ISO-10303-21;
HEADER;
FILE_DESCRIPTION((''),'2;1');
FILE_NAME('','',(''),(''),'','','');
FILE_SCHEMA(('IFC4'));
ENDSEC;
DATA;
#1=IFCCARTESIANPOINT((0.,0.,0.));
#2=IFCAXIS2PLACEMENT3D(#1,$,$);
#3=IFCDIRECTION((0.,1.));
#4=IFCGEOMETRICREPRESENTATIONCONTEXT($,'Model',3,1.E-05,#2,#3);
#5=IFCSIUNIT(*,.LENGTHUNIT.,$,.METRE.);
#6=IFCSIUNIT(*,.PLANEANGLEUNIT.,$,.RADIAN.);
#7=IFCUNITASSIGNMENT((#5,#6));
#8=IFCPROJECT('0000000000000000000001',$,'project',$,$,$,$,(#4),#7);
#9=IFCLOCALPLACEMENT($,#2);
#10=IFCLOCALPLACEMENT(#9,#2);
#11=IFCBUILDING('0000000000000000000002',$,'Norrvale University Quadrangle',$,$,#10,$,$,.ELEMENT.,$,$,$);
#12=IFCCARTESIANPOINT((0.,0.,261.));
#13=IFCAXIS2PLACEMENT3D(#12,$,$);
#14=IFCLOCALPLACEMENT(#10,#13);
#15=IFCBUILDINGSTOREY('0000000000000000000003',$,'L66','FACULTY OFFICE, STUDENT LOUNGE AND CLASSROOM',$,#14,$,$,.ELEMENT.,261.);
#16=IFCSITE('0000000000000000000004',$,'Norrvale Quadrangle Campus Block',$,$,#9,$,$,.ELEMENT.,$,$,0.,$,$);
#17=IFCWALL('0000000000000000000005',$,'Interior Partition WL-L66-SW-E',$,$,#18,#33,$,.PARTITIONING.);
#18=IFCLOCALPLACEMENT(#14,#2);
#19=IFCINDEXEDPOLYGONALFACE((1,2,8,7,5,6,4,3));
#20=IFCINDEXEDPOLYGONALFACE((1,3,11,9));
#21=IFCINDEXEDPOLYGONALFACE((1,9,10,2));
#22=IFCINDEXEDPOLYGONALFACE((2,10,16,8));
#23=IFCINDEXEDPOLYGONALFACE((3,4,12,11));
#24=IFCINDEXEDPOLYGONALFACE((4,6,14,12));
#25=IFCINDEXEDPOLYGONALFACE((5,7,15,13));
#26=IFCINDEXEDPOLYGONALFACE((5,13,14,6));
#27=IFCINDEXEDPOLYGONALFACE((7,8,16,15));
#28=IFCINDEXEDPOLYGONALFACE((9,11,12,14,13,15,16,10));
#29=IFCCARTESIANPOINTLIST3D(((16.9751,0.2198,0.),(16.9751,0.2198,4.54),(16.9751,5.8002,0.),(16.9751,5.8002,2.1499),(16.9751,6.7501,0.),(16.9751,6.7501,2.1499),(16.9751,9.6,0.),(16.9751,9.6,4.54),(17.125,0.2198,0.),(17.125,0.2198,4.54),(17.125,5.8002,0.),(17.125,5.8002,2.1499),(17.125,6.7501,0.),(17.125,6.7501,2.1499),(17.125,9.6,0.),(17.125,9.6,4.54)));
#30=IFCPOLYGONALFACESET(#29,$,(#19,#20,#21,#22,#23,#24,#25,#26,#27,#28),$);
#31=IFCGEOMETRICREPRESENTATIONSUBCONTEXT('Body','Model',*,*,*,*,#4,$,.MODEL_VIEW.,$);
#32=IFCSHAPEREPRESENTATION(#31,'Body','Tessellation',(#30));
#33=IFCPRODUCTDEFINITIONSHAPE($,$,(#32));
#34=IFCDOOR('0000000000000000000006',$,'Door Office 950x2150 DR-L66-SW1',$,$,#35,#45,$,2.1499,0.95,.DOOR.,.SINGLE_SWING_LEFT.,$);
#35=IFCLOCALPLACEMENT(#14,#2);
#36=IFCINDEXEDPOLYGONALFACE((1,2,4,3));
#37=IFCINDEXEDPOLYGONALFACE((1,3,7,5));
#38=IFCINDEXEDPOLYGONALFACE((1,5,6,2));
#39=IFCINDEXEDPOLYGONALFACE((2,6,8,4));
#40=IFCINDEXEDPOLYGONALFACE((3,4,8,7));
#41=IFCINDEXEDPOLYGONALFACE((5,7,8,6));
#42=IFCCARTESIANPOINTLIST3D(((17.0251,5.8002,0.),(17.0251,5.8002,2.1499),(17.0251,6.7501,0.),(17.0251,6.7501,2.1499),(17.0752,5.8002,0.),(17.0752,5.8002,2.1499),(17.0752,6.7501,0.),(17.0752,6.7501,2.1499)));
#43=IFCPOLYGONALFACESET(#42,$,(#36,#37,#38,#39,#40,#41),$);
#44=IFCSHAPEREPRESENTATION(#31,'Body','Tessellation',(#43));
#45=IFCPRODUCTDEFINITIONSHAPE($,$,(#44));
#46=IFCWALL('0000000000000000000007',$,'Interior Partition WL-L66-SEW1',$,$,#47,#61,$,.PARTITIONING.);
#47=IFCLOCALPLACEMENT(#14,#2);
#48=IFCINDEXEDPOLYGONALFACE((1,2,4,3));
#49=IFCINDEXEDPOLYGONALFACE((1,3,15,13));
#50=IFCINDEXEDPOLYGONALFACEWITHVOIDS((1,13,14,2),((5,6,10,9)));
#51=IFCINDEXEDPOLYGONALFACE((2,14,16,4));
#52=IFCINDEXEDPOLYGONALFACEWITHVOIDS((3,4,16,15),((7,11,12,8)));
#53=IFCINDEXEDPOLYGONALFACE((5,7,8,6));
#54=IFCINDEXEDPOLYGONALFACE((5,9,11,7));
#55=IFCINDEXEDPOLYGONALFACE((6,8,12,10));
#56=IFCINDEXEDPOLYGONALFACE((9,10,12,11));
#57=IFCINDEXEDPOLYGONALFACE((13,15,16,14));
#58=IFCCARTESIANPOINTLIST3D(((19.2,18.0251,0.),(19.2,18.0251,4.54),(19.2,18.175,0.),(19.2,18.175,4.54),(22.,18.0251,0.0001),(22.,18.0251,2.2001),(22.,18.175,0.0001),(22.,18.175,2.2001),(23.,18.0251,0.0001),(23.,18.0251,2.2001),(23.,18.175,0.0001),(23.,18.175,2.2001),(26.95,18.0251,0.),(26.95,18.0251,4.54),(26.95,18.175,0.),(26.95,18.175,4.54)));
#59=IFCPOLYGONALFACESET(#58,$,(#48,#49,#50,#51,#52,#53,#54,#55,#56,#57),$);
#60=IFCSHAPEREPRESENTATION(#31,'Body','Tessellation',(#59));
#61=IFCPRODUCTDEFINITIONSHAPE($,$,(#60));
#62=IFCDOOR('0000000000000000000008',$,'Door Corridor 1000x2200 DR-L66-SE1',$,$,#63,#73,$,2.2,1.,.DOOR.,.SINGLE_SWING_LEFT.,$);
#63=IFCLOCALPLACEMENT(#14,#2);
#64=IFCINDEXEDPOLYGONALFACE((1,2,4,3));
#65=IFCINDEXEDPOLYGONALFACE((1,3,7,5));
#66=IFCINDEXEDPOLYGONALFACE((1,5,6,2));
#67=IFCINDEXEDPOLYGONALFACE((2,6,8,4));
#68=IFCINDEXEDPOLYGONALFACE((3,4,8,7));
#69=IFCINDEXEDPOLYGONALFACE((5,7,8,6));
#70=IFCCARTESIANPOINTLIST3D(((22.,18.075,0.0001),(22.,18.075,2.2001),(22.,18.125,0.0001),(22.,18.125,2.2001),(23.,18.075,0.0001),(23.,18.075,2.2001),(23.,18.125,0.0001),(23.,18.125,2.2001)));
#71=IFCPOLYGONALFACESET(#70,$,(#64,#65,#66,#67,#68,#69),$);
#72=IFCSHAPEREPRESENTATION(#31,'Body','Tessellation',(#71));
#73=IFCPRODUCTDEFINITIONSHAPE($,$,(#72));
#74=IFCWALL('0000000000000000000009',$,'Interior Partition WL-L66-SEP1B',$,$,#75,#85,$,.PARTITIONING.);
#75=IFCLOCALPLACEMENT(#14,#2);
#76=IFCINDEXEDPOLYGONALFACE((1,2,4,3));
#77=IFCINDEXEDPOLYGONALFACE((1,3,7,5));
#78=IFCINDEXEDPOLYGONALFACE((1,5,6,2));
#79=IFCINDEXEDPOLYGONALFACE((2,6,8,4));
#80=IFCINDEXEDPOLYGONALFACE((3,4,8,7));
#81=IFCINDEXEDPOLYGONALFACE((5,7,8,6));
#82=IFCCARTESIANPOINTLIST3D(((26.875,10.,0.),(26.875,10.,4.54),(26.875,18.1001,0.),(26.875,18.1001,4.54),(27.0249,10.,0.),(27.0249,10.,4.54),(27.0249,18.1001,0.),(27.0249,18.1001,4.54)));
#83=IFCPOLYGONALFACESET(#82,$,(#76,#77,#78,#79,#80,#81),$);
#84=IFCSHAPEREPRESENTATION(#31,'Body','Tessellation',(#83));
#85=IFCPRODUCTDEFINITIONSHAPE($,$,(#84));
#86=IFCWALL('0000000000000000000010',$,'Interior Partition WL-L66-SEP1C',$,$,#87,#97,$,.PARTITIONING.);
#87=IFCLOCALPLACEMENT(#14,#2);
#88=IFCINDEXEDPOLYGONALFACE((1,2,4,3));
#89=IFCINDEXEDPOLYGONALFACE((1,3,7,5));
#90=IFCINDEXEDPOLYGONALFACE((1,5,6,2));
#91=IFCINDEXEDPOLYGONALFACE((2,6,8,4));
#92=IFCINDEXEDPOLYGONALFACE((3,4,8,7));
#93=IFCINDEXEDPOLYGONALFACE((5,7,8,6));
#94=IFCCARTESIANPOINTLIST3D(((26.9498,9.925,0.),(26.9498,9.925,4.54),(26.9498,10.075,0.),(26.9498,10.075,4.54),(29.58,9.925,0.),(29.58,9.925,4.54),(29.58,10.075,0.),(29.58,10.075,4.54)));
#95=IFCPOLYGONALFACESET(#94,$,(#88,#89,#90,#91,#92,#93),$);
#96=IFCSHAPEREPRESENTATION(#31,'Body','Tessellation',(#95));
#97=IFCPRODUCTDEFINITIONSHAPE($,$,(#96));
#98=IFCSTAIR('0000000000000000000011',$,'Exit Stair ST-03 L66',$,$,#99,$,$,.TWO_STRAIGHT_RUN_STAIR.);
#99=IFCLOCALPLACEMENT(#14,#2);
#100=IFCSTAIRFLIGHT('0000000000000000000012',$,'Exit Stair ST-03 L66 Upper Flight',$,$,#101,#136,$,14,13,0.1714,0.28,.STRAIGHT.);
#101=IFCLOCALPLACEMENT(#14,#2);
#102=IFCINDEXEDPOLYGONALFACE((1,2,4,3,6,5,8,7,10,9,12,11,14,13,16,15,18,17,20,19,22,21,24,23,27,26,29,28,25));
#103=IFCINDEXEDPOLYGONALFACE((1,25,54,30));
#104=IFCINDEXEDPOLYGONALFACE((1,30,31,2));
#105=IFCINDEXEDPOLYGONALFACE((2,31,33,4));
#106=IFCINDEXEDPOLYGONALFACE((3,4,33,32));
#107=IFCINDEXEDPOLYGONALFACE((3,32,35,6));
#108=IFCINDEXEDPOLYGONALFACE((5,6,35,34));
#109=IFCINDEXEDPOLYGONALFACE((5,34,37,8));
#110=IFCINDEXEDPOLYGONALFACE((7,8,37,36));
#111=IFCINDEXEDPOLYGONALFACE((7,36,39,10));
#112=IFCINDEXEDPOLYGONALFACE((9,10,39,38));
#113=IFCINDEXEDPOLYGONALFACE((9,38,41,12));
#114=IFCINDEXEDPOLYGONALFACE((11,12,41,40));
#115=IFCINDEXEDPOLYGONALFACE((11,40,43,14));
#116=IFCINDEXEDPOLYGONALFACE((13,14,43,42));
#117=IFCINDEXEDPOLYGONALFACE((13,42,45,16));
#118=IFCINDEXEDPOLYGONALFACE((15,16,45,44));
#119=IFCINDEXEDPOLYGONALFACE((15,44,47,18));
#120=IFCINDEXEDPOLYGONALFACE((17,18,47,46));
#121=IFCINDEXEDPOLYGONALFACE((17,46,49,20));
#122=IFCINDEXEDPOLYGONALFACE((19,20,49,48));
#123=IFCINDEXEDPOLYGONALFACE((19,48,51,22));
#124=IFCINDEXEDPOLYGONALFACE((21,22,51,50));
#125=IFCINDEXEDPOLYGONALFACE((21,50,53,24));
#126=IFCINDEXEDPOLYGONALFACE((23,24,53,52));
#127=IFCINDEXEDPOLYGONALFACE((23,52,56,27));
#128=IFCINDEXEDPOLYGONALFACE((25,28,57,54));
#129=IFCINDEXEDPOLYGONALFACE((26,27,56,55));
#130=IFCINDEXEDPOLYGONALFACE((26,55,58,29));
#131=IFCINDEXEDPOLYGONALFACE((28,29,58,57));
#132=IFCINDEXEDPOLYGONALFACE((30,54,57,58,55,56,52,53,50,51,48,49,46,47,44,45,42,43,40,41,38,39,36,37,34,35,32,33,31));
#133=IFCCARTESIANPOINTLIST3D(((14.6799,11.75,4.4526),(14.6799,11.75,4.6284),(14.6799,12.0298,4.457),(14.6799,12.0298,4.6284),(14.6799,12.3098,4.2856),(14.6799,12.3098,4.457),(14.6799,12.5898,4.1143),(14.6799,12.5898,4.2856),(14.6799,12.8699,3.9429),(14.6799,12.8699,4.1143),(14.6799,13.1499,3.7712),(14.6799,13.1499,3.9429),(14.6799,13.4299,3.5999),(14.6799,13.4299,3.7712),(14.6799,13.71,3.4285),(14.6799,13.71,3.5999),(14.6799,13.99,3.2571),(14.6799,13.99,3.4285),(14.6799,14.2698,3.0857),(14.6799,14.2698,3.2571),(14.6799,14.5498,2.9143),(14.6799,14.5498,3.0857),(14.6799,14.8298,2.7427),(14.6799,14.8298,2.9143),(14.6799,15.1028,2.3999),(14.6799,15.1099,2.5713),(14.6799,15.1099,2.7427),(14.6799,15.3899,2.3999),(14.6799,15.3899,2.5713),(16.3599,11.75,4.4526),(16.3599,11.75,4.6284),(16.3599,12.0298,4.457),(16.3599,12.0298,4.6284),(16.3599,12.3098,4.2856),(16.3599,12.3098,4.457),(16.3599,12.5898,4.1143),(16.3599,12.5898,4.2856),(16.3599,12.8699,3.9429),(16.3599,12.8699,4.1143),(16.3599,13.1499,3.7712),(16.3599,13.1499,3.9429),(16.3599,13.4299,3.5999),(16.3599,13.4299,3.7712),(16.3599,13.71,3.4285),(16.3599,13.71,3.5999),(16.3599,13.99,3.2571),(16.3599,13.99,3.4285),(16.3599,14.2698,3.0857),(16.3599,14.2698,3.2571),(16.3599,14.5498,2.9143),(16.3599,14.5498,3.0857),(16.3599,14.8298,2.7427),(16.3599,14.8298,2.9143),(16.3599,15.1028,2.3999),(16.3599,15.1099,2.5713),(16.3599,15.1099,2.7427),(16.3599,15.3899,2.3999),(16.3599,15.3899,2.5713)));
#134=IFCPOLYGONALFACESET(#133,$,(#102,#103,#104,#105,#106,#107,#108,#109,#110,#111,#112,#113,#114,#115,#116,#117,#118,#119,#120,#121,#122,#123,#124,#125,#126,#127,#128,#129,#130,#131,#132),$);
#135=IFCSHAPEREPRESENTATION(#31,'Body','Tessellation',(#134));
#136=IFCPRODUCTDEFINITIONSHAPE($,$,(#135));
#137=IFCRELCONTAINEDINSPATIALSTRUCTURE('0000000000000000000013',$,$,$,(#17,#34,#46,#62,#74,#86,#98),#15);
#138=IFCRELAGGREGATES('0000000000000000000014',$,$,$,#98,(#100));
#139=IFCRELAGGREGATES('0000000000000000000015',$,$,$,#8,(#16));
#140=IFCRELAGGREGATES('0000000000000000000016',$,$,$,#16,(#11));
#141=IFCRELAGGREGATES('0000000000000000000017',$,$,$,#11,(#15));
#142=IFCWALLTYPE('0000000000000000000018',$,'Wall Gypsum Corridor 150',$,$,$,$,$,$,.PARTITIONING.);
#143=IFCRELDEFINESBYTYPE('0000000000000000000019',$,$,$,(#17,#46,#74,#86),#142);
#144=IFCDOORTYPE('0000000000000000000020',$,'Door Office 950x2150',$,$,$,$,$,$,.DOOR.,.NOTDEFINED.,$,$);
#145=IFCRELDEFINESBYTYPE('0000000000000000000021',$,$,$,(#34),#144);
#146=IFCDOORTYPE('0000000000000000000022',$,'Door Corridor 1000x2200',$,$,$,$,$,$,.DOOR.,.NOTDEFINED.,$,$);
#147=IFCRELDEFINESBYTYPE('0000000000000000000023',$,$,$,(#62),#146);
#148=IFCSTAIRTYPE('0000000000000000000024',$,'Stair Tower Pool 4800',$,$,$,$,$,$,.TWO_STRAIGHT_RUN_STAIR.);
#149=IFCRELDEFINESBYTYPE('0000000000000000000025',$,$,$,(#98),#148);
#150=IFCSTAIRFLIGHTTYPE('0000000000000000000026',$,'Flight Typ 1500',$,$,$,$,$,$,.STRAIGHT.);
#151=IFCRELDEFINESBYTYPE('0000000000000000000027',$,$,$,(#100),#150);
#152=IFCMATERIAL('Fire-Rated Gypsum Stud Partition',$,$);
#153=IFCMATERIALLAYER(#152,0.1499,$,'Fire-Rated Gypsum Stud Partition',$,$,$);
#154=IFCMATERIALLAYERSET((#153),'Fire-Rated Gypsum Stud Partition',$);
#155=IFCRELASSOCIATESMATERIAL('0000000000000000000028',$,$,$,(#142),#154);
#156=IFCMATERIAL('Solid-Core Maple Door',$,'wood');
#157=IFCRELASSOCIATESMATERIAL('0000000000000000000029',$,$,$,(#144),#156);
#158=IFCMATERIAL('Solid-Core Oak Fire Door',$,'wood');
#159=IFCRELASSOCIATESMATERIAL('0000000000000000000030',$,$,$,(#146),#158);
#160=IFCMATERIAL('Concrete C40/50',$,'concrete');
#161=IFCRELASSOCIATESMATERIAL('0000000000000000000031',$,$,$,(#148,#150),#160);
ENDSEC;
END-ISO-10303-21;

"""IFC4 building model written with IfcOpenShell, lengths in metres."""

from ifc_helpers import new_model, si_unit, direction, frame, frame_2d, origin, place, context, subcontext, project, spatial, polyline, rectangle, outline, extrude, material, layer, layer_set, type_object, element, fill, aggregate, save


model = new_model("IFC4")

# Units and contexts
model_context = context("Model", 3, precision=1e-05, world=origin(), true_north=direction((0.0, 1.0)))
body_context = subcontext(model_context, "Body", "Model", "MODEL_VIEW")
ifc_project = project(units=[si_unit("LENGTHUNIT", "METRE"), si_unit("PLANEANGLEUNIT", "RADIAN")], contexts=[model_context])

# Site, building, storey
site_placement = place(None, origin())
site = spatial("IfcSite", under=ifc_project, at=site_placement, Name="Norrvale Quadrangle Campus Block", CompositionType="ELEMENT", RefElevation=0.0)
building_placement = place(site_placement, origin())
building = spatial("IfcBuilding", under=site, at=building_placement, Name="Norrvale University Quadrangle", CompositionType="ELEMENT")
storey_placement = place(building_placement, frame((0.0, 0.0, 261.0)))
storey = spatial("IfcBuildingStorey", under=building, at=storey_placement, Name="L66", Description="FACULTY OFFICE, STUDENT LOUNGE AND CLASSROOM", CompositionType="ELEMENT", Elevation=261.0)

# Shared definitions
ifc_material_1 = material(Name="Fire-Rated Gypsum Stud Partition")
ifc_layer_1 = layer(ifc_material_1, 0.1499, Name="Fire-Rated Gypsum Stud Partition")
ifc_layer_set_1 = layer_set([ifc_layer_1], Name="Fire-Rated Gypsum Stud Partition")
wall_type_1 = type_object("IfcWallType", Name="Wall Gypsum Corridor 150", PredefinedType="PARTITIONING", material=ifc_layer_set_1)

# Walls, openings, doors
wall_1_placement = place(storey_placement, frame((17.05, 0.22, 0.0), z_axis=(0.0, 0.0, 1.0), x_axis=(0.0, 1.0, 0.0)))
wall_1 = element("IfcWall", 1, at=wall_1_placement, inside=storey, type_object=wall_type_1, Name="Interior Partition WL-L66-SW-E", PredefinedType="PARTITIONING", context=body_context, shape_type="SweptSolid", body=[
    extrude(rectangle(XDim=9.3801, YDim=0.1499, at=frame_2d((4.6899, 0.0))), origin(), (0.0, 0.0, 1.0), 4.54),
])
opening_1_placement = place(wall_1_placement, frame((5.5801, 0.0, 0.0)))
opening_1 = element("IfcOpeningElement", 2, at=opening_1_placement, cuts=wall_1, PredefinedType="OPENING", context=body_context, shape_type="SweptSolid", body=[
    extrude(rectangle(XDim=0.95, YDim=2.1499, at=frame_2d((0.4751, 1.075))), frame((0.0, 0.0869, 0.0), z_axis=(0.0, -1.0, 0.0), x_axis=(1.0, 0.0, 0.0)), (0.0, 0.0, 1.0), 0.1738),
])
ifc_material_2 = material(Name="Solid-Core Maple Door", Category="wood")
door_type_1 = type_object("IfcDoorType", Name="Door Office 950x2150", OperationType="NOTDEFINED", PredefinedType="DOOR", material=ifc_material_2)
door_1_placement = place(opening_1_placement, origin())
door_1 = element("IfcDoor", 3, at=door_1_placement, inside=storey, type_object=door_type_1, Name="Door Office 950x2150 DR-L66-SW1", OperationType="SINGLE_SWING_LEFT", OverallHeight=2.1499, OverallWidth=0.95, PredefinedType="DOOR", context=body_context, shape_type="SweptSolid", body=[
    extrude(rectangle(XDim=0.95, YDim=2.1499, at=frame_2d((0.4751, 1.075))), frame((0.0, 0.0249, 0.0), z_axis=(0.0, -1.0, 0.0), x_axis=(1.0, 0.0, 0.0)), (0.0, 0.0, 1.0), 0.05),
])
fill(opening_1, door_1)
wall_2_placement = place(storey_placement, frame((19.2, 18.1001, 0.0), z_axis=(0.0, 0.0, 1.0), x_axis=(1.0, 0.0, 0.0)))
wall_2 = element("IfcWall", 4, at=wall_2_placement, inside=storey, type_object=wall_type_1, Name="Interior Partition WL-L66-SEW1", PredefinedType="PARTITIONING", context=body_context, shape_type="SweptSolid", body=[
    extrude(rectangle(XDim=7.75, YDim=0.1499, at=frame_2d((3.875, 0.0))), origin(), (0.0, 0.0, 1.0), 4.54),
])
opening_2_placement = place(wall_2_placement, frame((2.8, 0.0, 0.0)))
opening_2 = element("IfcOpeningElement", 5, at=opening_2_placement, cuts=wall_2, PredefinedType="OPENING", context=body_context, shape_type="SweptSolid", body=[
    extrude(rectangle(XDim=1.0, YDim=2.2, at=frame_2d((0.5, 1.1001))), frame((0.0, 0.0869, 0.0), z_axis=(0.0, -1.0, 0.0), x_axis=(1.0, 0.0, 0.0)), (0.0, 0.0, 1.0), 0.1738),
])
ifc_material_3 = material(Name="Solid-Core Oak Fire Door", Category="wood")
door_type_2 = type_object("IfcDoorType", Name="Door Corridor 1000x2200", OperationType="NOTDEFINED", PredefinedType="DOOR", material=ifc_material_3)
door_2_placement = place(opening_2_placement, origin())
door_2 = element("IfcDoor", 6, at=door_2_placement, inside=storey, type_object=door_type_2, Name="Door Corridor 1000x2200 DR-L66-SE1", OperationType="SINGLE_SWING_LEFT", OverallHeight=2.2, OverallWidth=1.0, PredefinedType="DOOR", context=body_context, shape_type="SweptSolid", body=[
    extrude(rectangle(XDim=1.0, YDim=2.2, at=frame_2d((0.5, 1.1001))), frame((0.0, 0.0249, 0.0), z_axis=(0.0, -1.0, 0.0), x_axis=(1.0, 0.0, 0.0)), (0.0, 0.0, 1.0), 0.05),
])
fill(opening_2, door_2)

# Walls
wall_3_placement = place(storey_placement, frame((26.95, 10.0, 0.0), z_axis=(0.0, 0.0, 1.0), x_axis=(0.0, 1.0, 0.0)))
element("IfcWall", 7, at=wall_3_placement, inside=storey, type_object=wall_type_1, Name="Interior Partition WL-L66-SEP1B", PredefinedType="PARTITIONING", context=body_context, shape_type="SweptSolid", body=[
    extrude(rectangle(XDim=8.1001, YDim=0.1499, at=frame_2d((4.05, 0.0))), origin(), (0.0, 0.0, 1.0), 4.54),
])
wall_4_placement = place(storey_placement, frame((26.95, 10.0, 0.0), z_axis=(0.0, 0.0, 1.0), x_axis=(1.0, 0.0, 0.0)))
element("IfcWall", 8, at=wall_4_placement, inside=storey, type_object=wall_type_1, Name="Interior Partition WL-L66-SEP1C", PredefinedType="PARTITIONING", context=body_context, shape_type="SweptSolid", body=[
    extrude(rectangle(XDim=2.6301, YDim=0.1499, at=frame_2d((1.3149, 0.0))), origin(), (0.0, 0.0, 1.0), 4.54),
])

# Stair, stair flight
ifc_material_4 = material(Name="Concrete C40/50", Category="concrete")
stair_type = type_object("IfcStairType", Name="Stair Tower Pool 4800", PredefinedType="TWO_STRAIGHT_RUN_STAIR", material=ifc_material_4)
stair_placement = place(storey_placement, origin())
stair = element("IfcStair", 9, at=stair_placement, inside=storey, type_object=stair_type, Name="Exit Stair ST-03 L66", PredefinedType="TWO_STRAIGHT_RUN_STAIR")
stair_flight_type = type_object("IfcStairFlightType", Name="Flight Typ 1500", PredefinedType="STRAIGHT", material=ifc_material_4)
stair_flight_placement = place(storey_placement, frame((15.52, 15.3899, 2.3999), z_axis=(0.0, 0.0, 1.0), x_axis=(0.0, -1.0, 0.0)))
stair_flight = element("IfcStairFlight", 10, at=stair_flight_placement, type_object=stair_flight_type, Name="Exit Stair ST-03 L66 Upper Flight", NumberOfRisers=14, NumberOfTreads=13, PredefinedType="STRAIGHT", RiserHeight=0.1714, TreadLength=0.28, context=body_context, shape_type="SweptSolid", body=[
    extrude(outline(polyline([(0.0, 0.0), (0.0, 0.1714), (0.28, 0.1714), (0.28, 0.3428), (0.5601, 0.3428), (0.5601, 0.5144), (0.8401, 0.5144), (0.8401, 0.6858), (1.1201, 0.6858), (1.1201, 0.8572), (1.3999, 0.8572), (1.3999, 1.0286), (1.6799, 1.0286), (1.6799, 1.2), (1.96, 1.2), (1.96, 1.3713), (2.24, 1.3713), (2.24, 1.543), (2.52, 1.543), (2.52, 1.7144), (2.8, 1.7144), (2.8, 1.8857), (3.0801, 1.8857), (3.0801, 2.0571), (3.3601, 2.0571), (3.3601, 2.2285), (3.6399, 2.2285), (3.6399, 2.3999), (3.6399, 2.0527), (0.2871, 0.0), (0.0, 0.0)])), frame((0.0, 0.8398, 0.0), z_axis=(0.0, -1.0, 0.0), x_axis=(1.0, 0.0, 0.0)), (0.0, 0.0, 1.0), 1.6799),
])
aggregate(stair, [stair_flight])

save(model, "model.ifc")
